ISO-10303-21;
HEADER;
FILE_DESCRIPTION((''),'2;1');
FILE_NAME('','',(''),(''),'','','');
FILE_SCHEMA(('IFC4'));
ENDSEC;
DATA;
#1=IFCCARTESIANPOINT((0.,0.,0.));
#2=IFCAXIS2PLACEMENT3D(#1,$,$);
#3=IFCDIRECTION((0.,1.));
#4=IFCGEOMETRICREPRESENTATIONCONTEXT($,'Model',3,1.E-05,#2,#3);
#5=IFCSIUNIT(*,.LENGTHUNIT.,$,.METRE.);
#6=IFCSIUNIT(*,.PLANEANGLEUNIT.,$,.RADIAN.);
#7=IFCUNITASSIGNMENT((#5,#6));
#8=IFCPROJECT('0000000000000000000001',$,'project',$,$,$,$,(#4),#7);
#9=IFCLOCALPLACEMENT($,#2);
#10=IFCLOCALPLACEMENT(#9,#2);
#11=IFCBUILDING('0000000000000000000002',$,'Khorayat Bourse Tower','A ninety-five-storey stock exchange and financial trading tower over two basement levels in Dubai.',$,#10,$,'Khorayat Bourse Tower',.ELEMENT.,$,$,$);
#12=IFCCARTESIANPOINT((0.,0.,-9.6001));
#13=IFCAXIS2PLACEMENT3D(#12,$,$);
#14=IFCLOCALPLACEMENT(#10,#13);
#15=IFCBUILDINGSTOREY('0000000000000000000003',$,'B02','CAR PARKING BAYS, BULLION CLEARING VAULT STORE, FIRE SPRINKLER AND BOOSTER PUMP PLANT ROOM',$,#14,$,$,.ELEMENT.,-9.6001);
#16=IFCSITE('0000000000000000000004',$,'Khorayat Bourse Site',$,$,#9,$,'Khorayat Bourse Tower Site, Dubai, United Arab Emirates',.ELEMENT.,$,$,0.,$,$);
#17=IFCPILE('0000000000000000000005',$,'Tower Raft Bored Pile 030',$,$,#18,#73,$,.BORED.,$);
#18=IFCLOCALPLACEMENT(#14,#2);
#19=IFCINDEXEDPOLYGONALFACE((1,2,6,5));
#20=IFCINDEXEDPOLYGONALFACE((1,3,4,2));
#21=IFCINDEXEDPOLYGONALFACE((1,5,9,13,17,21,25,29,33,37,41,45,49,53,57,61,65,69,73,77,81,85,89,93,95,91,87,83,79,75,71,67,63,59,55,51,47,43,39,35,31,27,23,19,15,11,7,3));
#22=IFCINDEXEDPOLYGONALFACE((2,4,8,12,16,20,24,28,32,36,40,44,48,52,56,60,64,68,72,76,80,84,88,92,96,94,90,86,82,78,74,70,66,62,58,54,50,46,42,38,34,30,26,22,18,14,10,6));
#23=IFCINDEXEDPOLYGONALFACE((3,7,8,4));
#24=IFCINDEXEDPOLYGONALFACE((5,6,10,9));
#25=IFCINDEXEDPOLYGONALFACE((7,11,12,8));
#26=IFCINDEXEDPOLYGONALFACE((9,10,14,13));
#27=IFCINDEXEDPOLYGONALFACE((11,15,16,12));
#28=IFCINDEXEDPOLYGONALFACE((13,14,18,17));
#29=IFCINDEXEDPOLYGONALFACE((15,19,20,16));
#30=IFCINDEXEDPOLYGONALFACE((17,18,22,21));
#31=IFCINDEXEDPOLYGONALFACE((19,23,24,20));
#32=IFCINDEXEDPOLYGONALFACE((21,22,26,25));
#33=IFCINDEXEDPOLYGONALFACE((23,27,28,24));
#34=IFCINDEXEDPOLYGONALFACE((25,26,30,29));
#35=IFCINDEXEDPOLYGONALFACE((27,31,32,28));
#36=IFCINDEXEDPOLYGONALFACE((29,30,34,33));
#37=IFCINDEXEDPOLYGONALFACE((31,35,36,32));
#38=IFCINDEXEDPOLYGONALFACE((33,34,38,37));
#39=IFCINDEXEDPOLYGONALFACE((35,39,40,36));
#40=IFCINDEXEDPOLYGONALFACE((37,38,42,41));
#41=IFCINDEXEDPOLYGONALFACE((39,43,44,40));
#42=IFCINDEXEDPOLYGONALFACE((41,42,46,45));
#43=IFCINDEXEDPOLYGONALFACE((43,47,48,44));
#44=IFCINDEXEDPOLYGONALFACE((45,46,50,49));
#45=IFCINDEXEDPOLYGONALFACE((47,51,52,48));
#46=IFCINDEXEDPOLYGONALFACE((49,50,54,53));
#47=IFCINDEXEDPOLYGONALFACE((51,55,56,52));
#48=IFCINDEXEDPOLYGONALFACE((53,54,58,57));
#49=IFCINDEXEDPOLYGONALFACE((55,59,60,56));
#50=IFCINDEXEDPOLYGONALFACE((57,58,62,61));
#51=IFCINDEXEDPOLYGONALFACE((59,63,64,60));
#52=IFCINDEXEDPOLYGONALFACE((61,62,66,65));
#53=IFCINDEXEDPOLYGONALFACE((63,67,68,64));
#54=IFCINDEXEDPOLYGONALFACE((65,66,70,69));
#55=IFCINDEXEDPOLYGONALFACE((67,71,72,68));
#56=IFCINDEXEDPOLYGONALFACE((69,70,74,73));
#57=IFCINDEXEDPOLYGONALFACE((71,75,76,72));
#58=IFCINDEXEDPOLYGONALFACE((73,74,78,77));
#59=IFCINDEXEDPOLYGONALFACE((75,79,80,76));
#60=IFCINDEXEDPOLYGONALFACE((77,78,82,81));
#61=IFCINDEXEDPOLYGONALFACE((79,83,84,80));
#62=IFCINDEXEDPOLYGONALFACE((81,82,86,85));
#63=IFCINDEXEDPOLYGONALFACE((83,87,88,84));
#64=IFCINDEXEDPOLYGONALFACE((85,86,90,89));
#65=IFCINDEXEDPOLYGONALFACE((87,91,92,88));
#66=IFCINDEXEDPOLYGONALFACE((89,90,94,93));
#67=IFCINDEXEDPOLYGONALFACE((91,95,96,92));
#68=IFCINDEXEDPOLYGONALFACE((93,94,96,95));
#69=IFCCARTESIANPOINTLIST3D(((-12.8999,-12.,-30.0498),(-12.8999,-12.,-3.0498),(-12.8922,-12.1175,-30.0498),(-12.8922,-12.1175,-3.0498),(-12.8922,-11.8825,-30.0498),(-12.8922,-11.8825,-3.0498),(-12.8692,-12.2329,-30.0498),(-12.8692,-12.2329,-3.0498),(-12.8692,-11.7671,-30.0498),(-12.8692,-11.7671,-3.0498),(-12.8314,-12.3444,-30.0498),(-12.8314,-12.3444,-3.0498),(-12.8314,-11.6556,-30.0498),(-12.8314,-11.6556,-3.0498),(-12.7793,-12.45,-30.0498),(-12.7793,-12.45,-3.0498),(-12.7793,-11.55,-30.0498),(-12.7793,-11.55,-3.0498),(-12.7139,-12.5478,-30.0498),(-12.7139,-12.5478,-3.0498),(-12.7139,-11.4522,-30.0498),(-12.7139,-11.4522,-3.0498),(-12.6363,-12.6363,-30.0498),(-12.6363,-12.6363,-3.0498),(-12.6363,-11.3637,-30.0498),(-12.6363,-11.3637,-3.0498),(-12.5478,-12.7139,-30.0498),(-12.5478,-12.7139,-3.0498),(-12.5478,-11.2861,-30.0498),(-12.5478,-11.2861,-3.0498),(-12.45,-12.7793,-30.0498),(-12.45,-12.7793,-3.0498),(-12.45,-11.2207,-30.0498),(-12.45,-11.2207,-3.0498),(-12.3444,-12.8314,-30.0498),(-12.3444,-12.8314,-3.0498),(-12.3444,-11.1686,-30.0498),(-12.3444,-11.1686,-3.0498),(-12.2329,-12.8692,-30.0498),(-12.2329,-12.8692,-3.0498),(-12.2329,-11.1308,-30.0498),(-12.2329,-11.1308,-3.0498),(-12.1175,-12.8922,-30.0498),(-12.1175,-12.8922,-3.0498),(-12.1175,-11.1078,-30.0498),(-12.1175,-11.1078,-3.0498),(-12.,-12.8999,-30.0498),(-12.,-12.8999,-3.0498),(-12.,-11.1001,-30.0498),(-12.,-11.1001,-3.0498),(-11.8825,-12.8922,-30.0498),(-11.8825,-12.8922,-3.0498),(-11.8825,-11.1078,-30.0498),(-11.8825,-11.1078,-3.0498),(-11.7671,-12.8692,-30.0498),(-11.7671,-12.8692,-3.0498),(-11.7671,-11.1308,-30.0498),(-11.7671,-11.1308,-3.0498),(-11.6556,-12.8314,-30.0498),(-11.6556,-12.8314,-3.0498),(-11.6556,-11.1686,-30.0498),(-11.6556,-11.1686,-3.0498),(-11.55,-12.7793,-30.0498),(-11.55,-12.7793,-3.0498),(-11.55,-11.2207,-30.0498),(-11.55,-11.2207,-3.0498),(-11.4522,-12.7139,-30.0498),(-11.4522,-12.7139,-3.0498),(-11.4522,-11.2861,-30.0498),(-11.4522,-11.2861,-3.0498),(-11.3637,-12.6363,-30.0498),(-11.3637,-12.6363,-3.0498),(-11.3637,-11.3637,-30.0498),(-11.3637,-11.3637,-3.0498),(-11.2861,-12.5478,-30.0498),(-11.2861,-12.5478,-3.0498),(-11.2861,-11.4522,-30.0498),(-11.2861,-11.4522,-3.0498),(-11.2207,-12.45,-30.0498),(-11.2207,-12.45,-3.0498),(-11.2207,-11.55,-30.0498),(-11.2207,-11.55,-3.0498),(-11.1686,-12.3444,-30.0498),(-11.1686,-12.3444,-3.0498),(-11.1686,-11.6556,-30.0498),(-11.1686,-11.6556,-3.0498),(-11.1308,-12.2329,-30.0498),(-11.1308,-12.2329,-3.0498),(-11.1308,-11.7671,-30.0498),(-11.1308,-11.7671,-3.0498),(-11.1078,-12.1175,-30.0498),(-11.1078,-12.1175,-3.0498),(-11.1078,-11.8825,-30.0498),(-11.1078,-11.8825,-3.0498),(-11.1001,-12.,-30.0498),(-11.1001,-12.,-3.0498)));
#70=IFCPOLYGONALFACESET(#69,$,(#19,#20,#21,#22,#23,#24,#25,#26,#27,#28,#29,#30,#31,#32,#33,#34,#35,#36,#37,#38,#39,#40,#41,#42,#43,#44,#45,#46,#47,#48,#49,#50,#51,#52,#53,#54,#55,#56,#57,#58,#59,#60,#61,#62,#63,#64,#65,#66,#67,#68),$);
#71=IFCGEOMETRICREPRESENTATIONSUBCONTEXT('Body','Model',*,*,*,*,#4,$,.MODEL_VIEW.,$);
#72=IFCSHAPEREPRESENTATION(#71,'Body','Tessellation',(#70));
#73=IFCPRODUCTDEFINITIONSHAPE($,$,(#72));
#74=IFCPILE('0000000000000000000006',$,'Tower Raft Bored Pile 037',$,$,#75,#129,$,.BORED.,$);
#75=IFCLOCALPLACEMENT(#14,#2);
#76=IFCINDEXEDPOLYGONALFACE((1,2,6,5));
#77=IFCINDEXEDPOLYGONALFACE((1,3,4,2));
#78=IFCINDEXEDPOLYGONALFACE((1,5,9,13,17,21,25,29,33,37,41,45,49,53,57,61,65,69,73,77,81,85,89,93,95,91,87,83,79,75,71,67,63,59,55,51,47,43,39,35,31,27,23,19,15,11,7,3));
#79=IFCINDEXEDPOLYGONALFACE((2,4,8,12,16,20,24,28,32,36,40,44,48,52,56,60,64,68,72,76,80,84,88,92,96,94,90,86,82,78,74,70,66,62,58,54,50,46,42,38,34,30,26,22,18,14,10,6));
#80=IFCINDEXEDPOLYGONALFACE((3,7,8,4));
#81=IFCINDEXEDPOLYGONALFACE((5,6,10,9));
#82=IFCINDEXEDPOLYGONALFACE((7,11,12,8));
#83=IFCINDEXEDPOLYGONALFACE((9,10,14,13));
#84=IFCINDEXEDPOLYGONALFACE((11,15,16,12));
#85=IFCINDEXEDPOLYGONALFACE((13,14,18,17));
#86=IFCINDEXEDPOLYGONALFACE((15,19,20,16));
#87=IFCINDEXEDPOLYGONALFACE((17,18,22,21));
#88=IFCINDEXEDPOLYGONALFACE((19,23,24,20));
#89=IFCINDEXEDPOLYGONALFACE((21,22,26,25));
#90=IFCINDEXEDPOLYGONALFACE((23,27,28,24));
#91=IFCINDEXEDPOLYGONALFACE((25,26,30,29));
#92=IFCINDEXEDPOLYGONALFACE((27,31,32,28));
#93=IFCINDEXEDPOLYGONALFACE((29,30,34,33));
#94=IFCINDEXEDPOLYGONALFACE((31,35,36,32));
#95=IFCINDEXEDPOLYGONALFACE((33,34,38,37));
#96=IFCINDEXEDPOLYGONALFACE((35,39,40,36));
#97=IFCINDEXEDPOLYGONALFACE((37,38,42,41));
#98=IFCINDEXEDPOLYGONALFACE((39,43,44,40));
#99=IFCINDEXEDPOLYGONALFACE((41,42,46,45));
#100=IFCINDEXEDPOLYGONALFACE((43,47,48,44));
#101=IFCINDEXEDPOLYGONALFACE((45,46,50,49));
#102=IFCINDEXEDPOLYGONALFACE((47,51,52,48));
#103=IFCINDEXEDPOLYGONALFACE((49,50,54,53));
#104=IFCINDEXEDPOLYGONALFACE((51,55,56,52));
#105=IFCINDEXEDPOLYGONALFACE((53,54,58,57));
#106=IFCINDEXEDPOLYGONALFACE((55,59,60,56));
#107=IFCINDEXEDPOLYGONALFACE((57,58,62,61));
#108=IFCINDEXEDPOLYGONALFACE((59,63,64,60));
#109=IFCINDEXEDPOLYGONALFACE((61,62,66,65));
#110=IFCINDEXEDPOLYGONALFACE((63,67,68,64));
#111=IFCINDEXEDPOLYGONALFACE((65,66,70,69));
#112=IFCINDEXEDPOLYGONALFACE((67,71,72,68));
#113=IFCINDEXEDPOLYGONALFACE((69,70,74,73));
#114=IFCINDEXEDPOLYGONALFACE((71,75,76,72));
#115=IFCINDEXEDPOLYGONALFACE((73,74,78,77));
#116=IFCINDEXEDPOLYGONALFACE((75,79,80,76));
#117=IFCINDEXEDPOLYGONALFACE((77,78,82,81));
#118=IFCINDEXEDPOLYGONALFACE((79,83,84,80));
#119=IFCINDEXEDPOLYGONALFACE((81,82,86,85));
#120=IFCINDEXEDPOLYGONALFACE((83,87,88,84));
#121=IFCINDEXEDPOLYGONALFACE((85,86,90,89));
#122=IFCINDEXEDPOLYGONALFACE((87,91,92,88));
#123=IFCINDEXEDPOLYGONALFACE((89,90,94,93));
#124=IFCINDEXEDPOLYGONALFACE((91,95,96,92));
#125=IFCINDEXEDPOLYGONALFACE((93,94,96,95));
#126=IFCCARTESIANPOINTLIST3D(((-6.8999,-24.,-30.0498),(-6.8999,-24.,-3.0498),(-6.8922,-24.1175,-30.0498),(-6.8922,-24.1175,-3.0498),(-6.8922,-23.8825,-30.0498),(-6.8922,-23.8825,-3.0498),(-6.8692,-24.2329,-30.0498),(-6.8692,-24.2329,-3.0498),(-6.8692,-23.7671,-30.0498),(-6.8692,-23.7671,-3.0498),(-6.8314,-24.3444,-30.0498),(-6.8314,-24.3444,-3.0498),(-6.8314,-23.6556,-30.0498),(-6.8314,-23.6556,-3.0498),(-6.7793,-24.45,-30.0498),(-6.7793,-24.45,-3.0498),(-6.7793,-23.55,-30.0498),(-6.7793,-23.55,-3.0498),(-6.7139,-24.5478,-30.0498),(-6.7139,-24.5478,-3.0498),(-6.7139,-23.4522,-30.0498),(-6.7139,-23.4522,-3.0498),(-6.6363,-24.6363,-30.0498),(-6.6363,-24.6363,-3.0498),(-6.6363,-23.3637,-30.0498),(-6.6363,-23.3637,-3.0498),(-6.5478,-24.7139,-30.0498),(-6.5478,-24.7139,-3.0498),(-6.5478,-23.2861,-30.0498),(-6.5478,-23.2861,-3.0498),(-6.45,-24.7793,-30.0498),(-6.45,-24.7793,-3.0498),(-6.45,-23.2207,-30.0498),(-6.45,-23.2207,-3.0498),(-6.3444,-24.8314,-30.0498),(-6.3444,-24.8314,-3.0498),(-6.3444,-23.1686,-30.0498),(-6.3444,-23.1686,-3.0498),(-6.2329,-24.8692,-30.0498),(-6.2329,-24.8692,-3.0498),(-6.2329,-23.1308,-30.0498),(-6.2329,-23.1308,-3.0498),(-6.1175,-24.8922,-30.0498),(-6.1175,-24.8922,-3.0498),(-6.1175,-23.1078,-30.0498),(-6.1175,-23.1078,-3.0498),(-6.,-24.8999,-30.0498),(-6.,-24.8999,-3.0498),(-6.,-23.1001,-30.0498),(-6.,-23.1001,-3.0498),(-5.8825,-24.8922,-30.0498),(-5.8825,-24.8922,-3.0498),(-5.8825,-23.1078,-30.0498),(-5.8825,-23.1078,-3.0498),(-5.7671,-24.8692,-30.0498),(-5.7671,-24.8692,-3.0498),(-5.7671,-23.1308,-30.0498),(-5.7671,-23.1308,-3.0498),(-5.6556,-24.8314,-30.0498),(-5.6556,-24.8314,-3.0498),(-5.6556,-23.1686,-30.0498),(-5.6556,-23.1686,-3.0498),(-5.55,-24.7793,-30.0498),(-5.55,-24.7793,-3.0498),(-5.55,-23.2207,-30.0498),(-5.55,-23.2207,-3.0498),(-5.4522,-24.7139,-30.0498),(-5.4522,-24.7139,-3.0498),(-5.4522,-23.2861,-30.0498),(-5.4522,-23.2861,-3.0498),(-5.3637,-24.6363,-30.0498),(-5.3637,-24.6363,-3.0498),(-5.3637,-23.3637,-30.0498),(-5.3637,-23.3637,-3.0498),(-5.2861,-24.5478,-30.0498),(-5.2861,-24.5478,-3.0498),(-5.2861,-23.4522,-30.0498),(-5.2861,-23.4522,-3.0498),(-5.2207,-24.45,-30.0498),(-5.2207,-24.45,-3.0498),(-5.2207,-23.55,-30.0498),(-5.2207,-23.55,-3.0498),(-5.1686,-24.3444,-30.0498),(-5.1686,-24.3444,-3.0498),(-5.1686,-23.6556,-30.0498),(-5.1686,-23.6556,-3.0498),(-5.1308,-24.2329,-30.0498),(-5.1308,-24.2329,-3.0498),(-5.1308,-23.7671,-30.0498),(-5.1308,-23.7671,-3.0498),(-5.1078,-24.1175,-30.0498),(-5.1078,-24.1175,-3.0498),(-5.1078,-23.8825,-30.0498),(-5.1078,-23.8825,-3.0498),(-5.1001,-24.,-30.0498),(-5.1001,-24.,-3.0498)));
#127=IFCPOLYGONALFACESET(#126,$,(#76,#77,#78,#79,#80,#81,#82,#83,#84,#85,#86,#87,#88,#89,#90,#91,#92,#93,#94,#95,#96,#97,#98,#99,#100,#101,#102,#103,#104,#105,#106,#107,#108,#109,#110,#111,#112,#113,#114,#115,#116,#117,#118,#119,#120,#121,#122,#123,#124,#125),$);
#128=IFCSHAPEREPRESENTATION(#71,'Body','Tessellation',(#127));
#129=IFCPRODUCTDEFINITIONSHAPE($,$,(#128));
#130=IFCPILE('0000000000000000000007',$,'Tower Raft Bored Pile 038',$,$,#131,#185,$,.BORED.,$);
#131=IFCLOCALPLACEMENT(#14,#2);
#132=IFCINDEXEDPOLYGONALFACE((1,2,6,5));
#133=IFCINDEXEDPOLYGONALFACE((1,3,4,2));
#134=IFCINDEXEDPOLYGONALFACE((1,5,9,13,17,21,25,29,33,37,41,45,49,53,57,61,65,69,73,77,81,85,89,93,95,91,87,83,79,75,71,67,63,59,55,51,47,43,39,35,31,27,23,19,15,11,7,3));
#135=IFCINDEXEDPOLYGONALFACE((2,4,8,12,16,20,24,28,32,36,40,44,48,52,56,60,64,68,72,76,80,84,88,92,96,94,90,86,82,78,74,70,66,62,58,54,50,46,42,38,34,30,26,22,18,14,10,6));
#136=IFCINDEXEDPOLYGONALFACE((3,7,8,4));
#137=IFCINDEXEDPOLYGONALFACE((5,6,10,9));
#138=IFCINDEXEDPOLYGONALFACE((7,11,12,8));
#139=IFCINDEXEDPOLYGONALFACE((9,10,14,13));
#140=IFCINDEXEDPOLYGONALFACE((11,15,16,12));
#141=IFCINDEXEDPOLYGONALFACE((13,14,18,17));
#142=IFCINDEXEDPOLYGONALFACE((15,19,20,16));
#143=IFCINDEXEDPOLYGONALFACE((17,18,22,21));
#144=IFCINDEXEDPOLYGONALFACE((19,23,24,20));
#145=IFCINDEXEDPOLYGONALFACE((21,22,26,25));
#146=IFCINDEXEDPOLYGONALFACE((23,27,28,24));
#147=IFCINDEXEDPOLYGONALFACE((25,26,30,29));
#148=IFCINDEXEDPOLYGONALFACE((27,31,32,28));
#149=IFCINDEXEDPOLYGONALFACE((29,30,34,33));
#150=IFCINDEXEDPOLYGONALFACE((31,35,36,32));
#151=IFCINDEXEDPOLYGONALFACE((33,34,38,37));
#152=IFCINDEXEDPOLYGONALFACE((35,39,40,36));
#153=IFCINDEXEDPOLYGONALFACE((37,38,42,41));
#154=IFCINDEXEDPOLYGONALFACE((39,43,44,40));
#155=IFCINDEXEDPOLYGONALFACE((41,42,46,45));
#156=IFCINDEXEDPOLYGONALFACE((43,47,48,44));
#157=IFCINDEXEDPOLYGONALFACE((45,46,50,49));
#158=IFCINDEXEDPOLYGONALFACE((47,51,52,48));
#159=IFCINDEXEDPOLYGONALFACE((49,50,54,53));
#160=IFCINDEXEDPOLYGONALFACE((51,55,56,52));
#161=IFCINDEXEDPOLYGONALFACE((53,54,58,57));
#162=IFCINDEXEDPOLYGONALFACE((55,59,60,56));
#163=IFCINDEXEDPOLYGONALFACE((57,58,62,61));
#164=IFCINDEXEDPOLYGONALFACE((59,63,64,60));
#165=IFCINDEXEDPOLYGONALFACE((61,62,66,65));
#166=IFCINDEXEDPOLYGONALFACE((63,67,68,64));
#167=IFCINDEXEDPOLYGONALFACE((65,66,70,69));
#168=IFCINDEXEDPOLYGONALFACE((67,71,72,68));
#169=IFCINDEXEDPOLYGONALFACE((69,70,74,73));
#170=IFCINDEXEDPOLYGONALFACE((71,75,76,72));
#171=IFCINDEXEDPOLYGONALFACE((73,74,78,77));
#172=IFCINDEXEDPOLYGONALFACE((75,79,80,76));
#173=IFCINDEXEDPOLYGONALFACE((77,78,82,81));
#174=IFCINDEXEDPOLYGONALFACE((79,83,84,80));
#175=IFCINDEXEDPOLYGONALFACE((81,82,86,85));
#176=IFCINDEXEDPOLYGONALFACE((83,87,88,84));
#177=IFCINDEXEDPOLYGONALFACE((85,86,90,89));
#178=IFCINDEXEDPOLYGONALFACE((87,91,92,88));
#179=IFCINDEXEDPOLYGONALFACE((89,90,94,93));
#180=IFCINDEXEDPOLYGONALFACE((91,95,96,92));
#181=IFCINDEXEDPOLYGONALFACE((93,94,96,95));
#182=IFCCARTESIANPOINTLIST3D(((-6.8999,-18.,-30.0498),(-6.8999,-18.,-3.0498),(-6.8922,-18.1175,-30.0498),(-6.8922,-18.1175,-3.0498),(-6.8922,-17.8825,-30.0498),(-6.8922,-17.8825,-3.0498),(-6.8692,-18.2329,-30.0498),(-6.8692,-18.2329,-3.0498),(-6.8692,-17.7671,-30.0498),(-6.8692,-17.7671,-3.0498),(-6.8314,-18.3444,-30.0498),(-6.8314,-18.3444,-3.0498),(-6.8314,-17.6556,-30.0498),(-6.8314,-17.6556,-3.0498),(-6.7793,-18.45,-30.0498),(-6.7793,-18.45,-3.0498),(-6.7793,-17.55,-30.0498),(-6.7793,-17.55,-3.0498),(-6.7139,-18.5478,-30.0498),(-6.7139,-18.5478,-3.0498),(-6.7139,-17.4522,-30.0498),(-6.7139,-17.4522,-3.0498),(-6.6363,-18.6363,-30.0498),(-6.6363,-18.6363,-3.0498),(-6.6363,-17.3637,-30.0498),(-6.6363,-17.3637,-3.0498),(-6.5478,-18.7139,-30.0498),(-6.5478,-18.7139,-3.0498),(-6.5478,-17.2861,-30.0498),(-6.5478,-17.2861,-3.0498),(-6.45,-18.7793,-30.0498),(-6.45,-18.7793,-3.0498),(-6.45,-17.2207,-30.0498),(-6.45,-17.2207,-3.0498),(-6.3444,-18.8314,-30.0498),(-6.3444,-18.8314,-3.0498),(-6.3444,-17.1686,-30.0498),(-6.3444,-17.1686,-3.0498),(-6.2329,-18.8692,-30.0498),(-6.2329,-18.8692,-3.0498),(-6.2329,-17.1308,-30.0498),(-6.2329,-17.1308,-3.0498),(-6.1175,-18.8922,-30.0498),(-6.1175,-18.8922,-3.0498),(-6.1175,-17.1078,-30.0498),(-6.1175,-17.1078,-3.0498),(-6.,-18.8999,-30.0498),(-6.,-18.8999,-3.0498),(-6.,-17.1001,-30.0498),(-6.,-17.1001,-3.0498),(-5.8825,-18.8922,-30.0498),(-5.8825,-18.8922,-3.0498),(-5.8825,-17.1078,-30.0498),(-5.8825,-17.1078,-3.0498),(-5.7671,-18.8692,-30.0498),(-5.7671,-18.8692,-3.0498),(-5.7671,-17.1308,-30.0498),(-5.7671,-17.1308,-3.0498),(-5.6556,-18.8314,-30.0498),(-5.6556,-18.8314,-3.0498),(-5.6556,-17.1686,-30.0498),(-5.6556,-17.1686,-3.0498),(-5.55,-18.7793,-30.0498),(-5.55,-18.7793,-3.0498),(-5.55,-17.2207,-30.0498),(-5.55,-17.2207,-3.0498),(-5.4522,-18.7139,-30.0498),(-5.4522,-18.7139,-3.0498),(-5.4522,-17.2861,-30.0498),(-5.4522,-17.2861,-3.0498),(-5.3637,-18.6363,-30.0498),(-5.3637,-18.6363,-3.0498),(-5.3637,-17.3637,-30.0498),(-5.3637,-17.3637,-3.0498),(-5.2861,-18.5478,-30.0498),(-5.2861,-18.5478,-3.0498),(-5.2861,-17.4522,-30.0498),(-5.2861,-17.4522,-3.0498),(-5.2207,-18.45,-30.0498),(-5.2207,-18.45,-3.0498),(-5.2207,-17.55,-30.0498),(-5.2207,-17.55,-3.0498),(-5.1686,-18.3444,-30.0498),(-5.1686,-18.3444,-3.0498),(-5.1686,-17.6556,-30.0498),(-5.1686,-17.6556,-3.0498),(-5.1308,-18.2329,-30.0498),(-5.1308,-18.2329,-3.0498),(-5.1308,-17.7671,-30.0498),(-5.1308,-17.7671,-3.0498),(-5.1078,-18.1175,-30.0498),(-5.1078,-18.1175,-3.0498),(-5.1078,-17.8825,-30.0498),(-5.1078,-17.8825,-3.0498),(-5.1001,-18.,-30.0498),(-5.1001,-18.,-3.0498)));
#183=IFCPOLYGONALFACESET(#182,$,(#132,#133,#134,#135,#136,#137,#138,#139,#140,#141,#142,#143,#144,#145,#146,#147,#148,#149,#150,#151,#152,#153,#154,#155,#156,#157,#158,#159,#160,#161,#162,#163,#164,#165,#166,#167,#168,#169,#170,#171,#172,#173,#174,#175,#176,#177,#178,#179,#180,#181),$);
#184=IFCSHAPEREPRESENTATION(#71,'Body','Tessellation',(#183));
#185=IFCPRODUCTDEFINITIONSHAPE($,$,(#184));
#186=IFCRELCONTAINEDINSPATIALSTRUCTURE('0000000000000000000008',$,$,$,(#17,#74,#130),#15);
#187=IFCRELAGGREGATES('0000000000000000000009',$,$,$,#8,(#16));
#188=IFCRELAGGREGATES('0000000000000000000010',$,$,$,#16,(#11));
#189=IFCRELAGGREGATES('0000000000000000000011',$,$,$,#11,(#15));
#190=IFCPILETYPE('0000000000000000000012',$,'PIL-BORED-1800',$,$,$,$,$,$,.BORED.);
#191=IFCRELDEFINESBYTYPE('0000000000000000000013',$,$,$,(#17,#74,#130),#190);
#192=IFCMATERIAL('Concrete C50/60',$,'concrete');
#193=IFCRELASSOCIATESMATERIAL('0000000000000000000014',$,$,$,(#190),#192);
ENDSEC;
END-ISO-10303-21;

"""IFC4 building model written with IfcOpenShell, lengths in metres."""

from ifc_helpers import new_model, si_unit, direction, frame, origin, origin_2d, place, context, subcontext, project, spatial, circle, extrude, source, transform, mapped, material, material_profile, profile_set, type_object, element, save


model = new_model("IFC4")

# Units and contexts
model_context = context("Model", 3, precision=1e-05, world=origin(), true_north=direction((0.0, 1.0)))
body_context = subcontext(model_context, "Body", "Model", "MODEL_VIEW")
ifc_project = project(units=[si_unit("LENGTHUNIT", "METRE"), si_unit("PLANEANGLEUNIT", "RADIAN")], contexts=[model_context])

# Site, building, storey
site_placement = place(None, origin())
site = spatial("IfcSite", under=ifc_project, at=site_placement, Name="Khorayat Bourse Site", LongName="Khorayat Bourse Tower Site, Dubai, United Arab Emirates", CompositionType="ELEMENT", RefElevation=0.0)
building_placement = place(site_placement, origin())
building = spatial("IfcBuilding", under=site, at=building_placement, Name="Khorayat Bourse Tower", Description="A ninety-five-storey stock exchange and financial trading tower over two basement levels in Dubai.", LongName="Khorayat Bourse Tower", CompositionType="ELEMENT")
storey_placement = place(building_placement, frame((0.0, 0.0, -9.6001)))
storey = spatial("IfcBuildingStorey", under=building, at=storey_placement, Name="B02", Description="CAR PARKING BAYS, BULLION CLEARING VAULT STORE, FIRE SPRINKLER AND BOOSTER PUMP PLANT ROOM", CompositionType="ELEMENT", Elevation=-9.6001)

# Piles
ifc_material_1 = material(Name="Concrete C50/60", Category="concrete")
ifc_material_profile_1 = material_profile(ifc_material_1, circle(Radius=0.8999, at=origin_2d()), Name="BORED PILE D1800")
ifc_profile_set_1 = profile_set([ifc_material_profile_1], Name="Concrete C50/60")
pile_type = type_object("IfcPileType", Name="PIL-BORED-1800", PredefinedType="BORED", material=ifc_profile_set_1)
shared_shape_1 = source(origin(), body_context, "Body", "SweptSolid", [
    extrude(circle(Radius=0.8999, at=origin_2d()), origin(), (0.0, 0.0, 1.0), 27.0),
])
for number, where, z_axis, x_axis, name in (
    (1, (-12.0, -12.0, -3.0498), (0.0, 0.0, -1.0), (1.0, 0.0, 0.0), "Tower Raft Bored Pile 030"),
    (2, (-6.0, -24.0, -3.0498), (0.0, 0.0, -1.0), (1.0, 0.0, 0.0), "Tower Raft Bored Pile 037"),
    (3, (-6.0, -18.0, -3.0498), (0.0, 0.0, -1.0), (1.0, 0.0, 0.0), "Tower Raft Bored Pile 038"),
):
    element("IfcPile", number, at=place(storey_placement, frame(where, z_axis=z_axis, x_axis=x_axis)), inside=storey, type_object=pile_type, Name=name, PredefinedType="BORED", context=body_context, shape_type="MappedRepresentation", body=[
        mapped(shared_shape_1, transform((0.0, 0.0, 0.0), scale=1.0)),
    ])

save(model, "model.ifc")
